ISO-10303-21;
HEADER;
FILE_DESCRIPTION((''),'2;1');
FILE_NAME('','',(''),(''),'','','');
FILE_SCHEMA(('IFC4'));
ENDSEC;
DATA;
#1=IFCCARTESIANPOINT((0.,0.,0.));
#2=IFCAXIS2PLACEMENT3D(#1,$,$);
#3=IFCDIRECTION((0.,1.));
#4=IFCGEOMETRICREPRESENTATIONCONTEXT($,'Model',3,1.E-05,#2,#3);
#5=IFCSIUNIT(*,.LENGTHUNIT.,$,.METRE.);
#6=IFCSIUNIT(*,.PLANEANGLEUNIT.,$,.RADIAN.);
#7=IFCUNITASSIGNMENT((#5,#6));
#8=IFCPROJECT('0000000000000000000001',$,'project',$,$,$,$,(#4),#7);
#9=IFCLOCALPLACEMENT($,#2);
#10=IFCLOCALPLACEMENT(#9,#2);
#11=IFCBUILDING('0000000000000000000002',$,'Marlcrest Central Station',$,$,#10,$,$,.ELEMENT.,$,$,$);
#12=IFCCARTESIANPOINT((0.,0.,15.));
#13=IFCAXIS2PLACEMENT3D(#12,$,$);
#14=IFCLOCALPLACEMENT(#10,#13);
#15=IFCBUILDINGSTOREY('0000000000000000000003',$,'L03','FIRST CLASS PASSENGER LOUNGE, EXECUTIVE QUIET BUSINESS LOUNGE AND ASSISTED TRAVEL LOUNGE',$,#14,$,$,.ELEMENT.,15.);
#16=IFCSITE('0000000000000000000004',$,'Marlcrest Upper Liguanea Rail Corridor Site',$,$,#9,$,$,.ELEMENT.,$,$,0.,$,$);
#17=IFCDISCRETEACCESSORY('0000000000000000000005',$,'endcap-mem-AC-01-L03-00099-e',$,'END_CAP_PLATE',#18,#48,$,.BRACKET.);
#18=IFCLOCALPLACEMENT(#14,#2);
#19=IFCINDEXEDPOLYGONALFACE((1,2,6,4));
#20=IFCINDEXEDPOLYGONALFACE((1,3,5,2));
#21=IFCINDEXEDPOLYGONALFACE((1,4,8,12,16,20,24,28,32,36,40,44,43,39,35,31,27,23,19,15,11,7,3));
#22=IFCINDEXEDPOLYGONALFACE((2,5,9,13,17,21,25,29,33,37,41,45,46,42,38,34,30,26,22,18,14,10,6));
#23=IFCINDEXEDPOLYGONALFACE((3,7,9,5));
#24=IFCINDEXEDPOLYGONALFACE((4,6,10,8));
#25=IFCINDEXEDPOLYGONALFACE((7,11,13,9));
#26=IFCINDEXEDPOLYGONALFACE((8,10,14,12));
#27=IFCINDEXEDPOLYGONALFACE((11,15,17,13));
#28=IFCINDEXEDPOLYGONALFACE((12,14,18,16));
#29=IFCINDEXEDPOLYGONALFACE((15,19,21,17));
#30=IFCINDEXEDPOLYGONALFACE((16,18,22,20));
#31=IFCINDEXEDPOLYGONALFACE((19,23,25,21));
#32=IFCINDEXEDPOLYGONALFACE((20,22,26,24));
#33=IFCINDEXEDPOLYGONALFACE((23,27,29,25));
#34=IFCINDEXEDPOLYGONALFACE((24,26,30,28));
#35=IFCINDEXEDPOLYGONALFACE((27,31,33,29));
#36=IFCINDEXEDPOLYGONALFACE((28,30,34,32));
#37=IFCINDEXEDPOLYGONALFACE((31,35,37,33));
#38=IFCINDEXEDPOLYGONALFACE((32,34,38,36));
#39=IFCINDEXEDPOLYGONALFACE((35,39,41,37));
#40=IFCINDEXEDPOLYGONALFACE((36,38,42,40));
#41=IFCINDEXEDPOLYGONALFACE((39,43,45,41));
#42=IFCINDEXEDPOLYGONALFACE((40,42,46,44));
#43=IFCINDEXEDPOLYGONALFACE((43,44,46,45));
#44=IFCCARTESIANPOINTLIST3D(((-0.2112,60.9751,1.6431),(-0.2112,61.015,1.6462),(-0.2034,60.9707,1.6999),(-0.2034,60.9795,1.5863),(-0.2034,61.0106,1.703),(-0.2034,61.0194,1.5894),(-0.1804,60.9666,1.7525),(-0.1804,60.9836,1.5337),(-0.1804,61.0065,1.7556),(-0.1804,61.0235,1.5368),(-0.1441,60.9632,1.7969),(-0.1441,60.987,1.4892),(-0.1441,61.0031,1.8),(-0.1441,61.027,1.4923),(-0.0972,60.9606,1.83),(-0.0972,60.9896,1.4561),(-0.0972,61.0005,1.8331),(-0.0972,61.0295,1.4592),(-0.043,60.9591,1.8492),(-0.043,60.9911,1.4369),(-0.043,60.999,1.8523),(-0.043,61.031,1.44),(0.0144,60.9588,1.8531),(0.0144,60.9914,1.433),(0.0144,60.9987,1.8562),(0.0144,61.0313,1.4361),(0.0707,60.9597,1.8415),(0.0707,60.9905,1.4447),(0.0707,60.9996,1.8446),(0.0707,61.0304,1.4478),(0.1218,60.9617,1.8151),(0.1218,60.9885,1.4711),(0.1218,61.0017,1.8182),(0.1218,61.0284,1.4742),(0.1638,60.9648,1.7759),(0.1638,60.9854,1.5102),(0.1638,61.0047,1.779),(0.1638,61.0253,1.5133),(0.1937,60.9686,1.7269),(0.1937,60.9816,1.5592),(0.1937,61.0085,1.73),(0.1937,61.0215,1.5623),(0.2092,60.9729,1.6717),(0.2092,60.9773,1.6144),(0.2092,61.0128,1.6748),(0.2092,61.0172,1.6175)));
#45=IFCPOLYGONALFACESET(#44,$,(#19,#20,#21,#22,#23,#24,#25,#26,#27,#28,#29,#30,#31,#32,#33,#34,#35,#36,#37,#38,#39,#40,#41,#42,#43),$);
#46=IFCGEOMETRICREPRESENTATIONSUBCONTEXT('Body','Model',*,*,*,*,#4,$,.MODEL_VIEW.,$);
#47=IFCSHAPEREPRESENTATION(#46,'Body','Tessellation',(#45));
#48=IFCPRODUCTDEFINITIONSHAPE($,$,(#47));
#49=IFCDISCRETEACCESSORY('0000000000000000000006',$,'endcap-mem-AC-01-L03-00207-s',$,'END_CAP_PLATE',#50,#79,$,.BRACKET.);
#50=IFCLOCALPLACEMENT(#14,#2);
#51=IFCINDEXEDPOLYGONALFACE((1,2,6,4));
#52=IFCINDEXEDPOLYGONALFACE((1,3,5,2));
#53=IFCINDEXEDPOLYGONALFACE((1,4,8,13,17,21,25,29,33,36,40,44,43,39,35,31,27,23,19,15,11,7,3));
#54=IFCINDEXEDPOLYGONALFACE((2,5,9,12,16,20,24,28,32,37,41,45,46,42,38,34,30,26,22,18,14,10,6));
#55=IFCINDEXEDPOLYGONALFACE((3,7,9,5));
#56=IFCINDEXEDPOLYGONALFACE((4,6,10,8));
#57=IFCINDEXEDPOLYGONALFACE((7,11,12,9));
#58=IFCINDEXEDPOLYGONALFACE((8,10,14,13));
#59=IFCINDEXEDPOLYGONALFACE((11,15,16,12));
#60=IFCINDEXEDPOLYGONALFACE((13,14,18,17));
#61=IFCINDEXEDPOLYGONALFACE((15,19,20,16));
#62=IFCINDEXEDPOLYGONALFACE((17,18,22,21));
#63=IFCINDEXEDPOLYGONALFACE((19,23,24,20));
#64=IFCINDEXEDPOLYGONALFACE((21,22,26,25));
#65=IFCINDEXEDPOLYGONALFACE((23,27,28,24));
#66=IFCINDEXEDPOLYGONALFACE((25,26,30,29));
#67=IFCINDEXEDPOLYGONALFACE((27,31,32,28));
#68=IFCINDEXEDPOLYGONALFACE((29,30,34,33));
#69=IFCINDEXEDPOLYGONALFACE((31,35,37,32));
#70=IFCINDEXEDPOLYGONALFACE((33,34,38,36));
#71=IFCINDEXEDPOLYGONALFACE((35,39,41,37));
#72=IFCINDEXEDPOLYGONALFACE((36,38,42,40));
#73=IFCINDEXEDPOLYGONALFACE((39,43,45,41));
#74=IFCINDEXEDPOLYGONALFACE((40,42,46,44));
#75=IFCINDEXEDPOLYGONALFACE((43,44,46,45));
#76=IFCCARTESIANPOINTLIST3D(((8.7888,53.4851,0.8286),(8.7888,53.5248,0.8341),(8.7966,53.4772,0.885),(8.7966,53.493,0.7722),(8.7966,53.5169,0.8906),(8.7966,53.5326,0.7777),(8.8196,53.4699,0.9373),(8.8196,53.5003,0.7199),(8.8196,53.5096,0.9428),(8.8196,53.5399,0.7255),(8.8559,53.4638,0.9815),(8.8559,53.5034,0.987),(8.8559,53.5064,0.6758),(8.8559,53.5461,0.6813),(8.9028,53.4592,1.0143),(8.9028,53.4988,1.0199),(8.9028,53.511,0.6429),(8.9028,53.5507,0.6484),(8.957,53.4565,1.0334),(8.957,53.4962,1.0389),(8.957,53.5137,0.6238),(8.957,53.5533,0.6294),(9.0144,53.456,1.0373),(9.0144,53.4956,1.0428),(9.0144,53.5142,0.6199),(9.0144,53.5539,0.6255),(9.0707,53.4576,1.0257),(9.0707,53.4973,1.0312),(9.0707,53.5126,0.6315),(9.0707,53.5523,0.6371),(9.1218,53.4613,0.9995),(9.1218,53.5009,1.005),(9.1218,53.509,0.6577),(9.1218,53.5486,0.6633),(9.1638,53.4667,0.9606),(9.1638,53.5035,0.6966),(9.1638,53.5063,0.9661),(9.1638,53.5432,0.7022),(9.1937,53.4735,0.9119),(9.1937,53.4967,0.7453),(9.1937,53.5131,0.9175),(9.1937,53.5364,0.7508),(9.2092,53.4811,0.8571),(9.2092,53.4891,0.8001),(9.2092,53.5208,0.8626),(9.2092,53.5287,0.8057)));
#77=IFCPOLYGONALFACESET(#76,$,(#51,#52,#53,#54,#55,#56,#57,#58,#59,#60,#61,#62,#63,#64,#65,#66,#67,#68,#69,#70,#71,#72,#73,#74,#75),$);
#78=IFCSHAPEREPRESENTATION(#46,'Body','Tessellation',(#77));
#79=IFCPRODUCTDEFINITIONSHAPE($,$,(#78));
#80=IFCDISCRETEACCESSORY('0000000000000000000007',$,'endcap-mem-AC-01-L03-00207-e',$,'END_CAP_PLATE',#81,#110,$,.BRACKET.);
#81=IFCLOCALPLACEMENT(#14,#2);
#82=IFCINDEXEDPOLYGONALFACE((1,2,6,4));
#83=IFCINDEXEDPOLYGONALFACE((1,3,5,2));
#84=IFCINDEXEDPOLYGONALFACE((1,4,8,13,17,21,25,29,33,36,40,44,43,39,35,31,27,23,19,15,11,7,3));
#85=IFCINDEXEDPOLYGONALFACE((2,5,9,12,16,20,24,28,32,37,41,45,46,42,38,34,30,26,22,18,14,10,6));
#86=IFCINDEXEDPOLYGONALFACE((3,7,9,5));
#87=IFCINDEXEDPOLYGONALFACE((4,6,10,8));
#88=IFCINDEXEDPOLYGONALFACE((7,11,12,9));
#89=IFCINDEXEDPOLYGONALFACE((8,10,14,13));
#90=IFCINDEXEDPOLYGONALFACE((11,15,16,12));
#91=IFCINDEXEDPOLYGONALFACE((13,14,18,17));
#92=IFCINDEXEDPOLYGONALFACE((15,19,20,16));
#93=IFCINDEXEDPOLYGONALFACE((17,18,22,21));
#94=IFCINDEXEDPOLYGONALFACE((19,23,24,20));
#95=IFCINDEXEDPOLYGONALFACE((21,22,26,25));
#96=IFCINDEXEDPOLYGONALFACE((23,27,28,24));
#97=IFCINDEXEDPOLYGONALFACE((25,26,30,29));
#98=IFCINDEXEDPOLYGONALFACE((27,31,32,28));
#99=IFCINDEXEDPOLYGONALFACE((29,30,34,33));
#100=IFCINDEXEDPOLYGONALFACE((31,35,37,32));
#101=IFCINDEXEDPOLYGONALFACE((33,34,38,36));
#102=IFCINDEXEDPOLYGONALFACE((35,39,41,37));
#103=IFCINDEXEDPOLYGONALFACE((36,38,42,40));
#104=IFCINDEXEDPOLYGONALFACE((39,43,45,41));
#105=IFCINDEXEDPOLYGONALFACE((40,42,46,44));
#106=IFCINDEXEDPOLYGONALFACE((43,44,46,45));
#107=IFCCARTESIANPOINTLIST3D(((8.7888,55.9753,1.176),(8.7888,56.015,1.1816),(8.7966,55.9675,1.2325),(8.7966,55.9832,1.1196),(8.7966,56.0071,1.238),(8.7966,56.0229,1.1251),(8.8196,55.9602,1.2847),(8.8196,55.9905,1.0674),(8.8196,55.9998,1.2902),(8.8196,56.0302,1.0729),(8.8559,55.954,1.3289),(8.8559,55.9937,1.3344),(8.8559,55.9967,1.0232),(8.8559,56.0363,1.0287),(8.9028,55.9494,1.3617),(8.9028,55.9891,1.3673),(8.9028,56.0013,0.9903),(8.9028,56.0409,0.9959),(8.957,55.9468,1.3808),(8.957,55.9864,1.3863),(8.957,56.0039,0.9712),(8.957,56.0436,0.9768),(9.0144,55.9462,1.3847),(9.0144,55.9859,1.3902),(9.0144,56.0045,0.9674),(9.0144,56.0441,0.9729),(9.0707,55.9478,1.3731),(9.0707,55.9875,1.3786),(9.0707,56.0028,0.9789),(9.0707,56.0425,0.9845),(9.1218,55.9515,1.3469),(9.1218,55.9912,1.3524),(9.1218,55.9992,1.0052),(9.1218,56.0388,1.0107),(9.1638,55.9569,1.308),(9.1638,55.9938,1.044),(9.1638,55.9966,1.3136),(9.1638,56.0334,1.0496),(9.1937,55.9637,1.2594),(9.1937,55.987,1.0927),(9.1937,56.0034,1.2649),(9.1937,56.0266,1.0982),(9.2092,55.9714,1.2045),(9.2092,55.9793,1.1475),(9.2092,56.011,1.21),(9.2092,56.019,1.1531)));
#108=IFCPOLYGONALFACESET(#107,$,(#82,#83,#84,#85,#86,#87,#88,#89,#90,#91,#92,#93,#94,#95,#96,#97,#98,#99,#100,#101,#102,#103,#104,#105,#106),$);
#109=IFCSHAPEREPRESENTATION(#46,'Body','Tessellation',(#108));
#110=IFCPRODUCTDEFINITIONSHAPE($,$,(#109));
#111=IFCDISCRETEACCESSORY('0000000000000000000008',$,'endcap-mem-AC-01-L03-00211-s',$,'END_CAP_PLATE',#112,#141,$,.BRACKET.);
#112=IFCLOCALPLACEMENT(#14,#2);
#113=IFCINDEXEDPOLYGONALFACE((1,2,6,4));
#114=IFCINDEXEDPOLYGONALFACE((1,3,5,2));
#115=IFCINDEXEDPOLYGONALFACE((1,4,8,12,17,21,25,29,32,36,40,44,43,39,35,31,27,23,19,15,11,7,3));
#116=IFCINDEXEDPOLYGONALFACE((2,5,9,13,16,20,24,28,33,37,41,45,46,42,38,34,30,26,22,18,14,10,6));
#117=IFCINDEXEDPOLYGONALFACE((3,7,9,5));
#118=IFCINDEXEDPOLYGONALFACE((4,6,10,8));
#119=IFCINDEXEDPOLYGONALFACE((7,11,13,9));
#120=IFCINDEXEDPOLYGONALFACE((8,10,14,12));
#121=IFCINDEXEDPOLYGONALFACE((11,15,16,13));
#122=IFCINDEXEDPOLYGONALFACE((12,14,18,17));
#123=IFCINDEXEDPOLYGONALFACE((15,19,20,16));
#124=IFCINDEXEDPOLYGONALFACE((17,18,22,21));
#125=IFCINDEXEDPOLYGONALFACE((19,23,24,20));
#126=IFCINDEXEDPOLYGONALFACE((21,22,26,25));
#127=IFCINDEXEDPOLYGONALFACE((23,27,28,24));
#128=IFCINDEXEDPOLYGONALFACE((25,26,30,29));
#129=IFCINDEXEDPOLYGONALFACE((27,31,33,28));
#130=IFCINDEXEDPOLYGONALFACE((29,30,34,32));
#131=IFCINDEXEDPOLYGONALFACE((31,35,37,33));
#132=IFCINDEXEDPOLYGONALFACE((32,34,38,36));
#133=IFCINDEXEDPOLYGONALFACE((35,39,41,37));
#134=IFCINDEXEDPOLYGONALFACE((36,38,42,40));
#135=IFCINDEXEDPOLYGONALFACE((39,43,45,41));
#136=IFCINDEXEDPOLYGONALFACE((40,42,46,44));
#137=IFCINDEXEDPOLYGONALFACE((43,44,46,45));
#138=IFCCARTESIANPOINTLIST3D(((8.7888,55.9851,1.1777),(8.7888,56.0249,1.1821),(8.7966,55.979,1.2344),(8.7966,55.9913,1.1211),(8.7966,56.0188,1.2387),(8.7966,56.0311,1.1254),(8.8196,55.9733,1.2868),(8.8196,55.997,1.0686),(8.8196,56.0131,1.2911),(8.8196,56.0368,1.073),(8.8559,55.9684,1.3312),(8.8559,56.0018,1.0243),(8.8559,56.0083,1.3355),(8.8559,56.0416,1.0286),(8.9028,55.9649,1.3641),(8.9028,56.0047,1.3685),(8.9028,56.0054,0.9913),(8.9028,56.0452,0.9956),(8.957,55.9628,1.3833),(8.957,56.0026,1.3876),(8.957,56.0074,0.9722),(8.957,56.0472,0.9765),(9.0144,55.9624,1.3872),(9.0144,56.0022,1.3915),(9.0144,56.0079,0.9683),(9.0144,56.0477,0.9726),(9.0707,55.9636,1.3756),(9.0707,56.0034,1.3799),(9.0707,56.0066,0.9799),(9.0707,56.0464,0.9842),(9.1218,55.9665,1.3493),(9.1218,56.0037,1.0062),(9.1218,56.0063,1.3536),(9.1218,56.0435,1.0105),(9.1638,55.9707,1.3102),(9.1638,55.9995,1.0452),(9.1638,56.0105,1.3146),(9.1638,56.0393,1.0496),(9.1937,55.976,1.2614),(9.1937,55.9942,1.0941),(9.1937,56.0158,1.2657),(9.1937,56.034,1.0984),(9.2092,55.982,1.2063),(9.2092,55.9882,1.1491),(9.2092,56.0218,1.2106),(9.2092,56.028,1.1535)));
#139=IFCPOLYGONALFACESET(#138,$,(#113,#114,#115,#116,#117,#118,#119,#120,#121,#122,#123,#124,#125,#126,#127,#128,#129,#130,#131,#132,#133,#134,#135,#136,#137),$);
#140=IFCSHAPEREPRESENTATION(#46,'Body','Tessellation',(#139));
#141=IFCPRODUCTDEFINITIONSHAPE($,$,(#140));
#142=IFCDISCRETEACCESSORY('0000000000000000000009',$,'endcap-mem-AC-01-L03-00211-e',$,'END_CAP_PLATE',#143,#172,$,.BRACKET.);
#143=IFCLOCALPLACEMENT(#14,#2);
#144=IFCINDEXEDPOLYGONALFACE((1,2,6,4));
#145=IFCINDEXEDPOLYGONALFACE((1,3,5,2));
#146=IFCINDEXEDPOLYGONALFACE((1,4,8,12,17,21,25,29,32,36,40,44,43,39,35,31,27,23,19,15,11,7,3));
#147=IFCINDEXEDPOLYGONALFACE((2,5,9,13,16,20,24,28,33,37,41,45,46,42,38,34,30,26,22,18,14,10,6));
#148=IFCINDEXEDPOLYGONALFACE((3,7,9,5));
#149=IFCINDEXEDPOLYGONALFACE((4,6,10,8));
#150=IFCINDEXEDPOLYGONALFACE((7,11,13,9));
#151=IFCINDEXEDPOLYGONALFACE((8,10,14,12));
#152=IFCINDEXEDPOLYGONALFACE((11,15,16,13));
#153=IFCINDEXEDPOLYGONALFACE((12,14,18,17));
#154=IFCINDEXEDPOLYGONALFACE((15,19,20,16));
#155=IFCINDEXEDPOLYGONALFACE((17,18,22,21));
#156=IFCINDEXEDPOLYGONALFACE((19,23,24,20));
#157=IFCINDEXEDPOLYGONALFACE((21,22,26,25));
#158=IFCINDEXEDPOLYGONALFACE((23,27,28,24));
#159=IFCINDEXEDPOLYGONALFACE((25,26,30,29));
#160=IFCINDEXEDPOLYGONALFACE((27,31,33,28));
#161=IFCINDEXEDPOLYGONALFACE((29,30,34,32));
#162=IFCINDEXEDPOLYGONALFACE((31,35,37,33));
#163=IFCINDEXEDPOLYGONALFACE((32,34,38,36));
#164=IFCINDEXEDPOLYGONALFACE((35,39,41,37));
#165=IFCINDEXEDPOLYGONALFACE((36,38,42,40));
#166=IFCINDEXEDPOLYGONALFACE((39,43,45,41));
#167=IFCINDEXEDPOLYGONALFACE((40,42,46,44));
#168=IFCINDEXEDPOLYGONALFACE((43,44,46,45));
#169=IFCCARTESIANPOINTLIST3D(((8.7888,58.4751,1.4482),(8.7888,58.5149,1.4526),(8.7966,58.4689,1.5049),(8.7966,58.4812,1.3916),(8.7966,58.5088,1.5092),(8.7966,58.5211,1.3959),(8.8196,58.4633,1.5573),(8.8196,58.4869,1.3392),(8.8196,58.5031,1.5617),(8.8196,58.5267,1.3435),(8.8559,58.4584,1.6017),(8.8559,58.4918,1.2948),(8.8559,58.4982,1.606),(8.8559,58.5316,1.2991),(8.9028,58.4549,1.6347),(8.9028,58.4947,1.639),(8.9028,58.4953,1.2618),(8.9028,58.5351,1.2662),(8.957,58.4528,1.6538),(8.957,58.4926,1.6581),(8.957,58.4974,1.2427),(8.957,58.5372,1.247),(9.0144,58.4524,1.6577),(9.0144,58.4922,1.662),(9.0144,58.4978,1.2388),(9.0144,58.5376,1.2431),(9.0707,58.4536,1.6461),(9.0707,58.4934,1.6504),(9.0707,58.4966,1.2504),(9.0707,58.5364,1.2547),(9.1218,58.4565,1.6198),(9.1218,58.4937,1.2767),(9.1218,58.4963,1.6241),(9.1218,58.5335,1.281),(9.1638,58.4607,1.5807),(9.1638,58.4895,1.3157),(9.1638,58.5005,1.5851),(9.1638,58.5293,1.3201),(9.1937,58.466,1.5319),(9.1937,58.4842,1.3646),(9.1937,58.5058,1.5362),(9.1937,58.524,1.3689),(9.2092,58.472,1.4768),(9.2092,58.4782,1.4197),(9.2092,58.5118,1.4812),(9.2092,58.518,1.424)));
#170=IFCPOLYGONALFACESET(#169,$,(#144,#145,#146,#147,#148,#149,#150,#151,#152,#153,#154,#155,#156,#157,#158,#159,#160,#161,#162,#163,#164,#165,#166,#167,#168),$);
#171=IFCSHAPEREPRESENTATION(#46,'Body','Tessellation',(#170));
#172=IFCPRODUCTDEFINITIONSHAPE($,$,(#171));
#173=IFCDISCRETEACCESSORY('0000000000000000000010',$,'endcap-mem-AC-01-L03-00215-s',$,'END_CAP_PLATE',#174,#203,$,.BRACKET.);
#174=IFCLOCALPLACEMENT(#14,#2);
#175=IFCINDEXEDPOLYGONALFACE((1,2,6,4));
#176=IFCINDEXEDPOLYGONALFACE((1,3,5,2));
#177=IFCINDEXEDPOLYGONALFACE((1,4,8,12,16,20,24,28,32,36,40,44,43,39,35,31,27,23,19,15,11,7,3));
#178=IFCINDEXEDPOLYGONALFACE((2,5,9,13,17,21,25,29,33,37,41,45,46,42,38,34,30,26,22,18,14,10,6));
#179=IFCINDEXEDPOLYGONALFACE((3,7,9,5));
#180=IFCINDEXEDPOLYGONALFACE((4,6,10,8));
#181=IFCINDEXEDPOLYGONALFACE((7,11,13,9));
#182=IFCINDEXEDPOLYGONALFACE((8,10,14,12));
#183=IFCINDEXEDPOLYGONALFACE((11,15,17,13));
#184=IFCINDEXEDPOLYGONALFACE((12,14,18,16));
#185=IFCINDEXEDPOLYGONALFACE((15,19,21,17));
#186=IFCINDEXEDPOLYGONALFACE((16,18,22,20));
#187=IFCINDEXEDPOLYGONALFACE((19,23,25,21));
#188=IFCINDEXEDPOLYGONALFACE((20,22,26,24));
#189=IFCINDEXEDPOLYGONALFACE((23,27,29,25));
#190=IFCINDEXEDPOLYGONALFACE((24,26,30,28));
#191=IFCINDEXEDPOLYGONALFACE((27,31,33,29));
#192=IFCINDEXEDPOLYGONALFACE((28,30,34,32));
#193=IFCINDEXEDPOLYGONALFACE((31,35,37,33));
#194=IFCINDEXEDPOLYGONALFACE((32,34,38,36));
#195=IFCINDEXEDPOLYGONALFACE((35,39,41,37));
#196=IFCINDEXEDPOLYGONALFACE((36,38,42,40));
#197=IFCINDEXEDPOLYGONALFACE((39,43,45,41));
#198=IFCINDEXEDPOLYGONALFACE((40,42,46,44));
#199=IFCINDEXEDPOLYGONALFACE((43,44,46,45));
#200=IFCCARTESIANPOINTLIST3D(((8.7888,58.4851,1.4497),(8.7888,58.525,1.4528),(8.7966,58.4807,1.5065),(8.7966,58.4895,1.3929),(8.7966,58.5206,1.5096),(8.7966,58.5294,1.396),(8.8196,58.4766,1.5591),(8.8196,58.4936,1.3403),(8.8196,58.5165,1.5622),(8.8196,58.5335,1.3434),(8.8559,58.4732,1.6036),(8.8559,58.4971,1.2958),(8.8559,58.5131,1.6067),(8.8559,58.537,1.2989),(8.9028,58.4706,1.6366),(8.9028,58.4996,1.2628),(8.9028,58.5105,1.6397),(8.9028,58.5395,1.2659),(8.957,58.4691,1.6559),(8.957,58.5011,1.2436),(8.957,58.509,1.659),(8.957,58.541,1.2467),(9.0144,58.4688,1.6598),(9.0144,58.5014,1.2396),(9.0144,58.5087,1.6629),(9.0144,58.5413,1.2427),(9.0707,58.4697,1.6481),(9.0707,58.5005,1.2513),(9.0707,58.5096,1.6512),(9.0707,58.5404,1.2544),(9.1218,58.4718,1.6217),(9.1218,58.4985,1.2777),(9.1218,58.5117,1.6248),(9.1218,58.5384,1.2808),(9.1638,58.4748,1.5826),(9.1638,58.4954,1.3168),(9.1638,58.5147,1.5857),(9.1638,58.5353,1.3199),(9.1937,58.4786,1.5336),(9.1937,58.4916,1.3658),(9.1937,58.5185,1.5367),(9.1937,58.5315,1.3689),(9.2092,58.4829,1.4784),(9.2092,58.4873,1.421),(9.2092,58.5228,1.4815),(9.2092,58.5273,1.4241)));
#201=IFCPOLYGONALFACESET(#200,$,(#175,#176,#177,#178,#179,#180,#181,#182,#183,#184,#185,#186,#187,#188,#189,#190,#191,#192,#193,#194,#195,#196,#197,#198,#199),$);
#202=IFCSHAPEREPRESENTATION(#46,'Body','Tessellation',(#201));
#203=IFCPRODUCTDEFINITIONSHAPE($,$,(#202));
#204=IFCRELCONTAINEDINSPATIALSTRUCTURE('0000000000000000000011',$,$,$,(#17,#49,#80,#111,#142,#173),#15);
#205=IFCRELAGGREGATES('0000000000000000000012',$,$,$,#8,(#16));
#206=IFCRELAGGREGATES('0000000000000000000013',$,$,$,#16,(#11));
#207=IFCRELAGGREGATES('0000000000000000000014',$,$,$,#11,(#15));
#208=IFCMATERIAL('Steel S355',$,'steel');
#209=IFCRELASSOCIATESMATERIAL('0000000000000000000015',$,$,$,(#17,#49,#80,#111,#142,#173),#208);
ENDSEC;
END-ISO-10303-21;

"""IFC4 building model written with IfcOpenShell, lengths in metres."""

from ifc_helpers import new_model, si_unit, direction, frame, origin, origin_2d, place, context, subcontext, project, spatial, circle, extrude, material, element, save


model = new_model("IFC4")

# Units and contexts
model_context = context("Model", 3, precision=1e-05, world=origin(), true_north=direction((0.0, 1.0)))
body_context = subcontext(model_context, "Body", "Model", "MODEL_VIEW")
ifc_project = project(units=[si_unit("LENGTHUNIT", "METRE"), si_unit("PLANEANGLEUNIT", "RADIAN")], contexts=[model_context])

# Site, building, storey
site_placement = place(None, origin())
site = spatial("IfcSite", under=ifc_project, at=site_placement, Name="Marlcrest Upper Liguanea Rail Corridor Site", CompositionType="ELEMENT", RefElevation=0.0)
building_placement = place(site_placement, origin())
building = spatial("IfcBuilding", under=site, at=building_placement, Name="Marlcrest Central Station", CompositionType="ELEMENT")
storey_placement = place(building_placement, frame((0.0, 0.0, 15.0)))
storey = spatial("IfcBuildingStorey", under=building, at=storey_placement, Name="L03", Description="FIRST CLASS PASSENGER LOUNGE, EXECUTIVE QUIET BUSINESS LOUNGE AND ASSISTED TRAVEL LOUNGE", CompositionType="ELEMENT", Elevation=15.0)

# Shared definitions
ifc_material_1 = material(Name="Steel S355", Category="steel")

# Discrete accessories
for number, where, z_axis, x_axis, name in (
    (1, (0.0, 60.9751, 1.6431), (0.0, 0.997, 0.077404), (-1.0, 0.0, 0.0), "endcap-mem-AC-01-L03-00099-e"),
    (2, (9.0, 53.4851, 0.8286), (0.0, 0.990403, 0.138211), (-1.0, 0.0, 0.0), "endcap-mem-AC-01-L03-00207-s"),
    (3, (9.0, 55.9753, 1.176), (0.0, 0.990403, 0.138211), (-1.0, 0.0, 0.0), "endcap-mem-AC-01-L03-00207-e"),
    (4, (9.0, 55.9851, 1.1777), (0.0, 0.994155, 0.107959), (-1.0, 0.0, 0.0), "endcap-mem-AC-01-L03-00211-s"),
    (5, (9.0, 58.4751, 1.4482), (0.0, 0.994155, 0.107959), (-1.0, 0.0, 0.0), "endcap-mem-AC-01-L03-00211-e"),
    (6, (9.0, 58.4851, 1.4497), (0.0, 0.997, 0.077404), (-1.0, 0.0, 0.0), "endcap-mem-AC-01-L03-00215-s"),
):
    element("IfcDiscreteAccessory", number, at=place(storey_placement, frame(where, z_axis=z_axis, x_axis=x_axis)), inside=storey, material=ifc_material_1, Name=name, ObjectType="END_CAP_PLATE", PredefinedType="BRACKET", context=body_context, shape_type="SweptSolid", body=[
        extrude(circle(Radius=0.2112, at=origin_2d()), origin(), (0.0, 0.0, 1.0), 0.04),
    ])

save(model, "model.ifc")
